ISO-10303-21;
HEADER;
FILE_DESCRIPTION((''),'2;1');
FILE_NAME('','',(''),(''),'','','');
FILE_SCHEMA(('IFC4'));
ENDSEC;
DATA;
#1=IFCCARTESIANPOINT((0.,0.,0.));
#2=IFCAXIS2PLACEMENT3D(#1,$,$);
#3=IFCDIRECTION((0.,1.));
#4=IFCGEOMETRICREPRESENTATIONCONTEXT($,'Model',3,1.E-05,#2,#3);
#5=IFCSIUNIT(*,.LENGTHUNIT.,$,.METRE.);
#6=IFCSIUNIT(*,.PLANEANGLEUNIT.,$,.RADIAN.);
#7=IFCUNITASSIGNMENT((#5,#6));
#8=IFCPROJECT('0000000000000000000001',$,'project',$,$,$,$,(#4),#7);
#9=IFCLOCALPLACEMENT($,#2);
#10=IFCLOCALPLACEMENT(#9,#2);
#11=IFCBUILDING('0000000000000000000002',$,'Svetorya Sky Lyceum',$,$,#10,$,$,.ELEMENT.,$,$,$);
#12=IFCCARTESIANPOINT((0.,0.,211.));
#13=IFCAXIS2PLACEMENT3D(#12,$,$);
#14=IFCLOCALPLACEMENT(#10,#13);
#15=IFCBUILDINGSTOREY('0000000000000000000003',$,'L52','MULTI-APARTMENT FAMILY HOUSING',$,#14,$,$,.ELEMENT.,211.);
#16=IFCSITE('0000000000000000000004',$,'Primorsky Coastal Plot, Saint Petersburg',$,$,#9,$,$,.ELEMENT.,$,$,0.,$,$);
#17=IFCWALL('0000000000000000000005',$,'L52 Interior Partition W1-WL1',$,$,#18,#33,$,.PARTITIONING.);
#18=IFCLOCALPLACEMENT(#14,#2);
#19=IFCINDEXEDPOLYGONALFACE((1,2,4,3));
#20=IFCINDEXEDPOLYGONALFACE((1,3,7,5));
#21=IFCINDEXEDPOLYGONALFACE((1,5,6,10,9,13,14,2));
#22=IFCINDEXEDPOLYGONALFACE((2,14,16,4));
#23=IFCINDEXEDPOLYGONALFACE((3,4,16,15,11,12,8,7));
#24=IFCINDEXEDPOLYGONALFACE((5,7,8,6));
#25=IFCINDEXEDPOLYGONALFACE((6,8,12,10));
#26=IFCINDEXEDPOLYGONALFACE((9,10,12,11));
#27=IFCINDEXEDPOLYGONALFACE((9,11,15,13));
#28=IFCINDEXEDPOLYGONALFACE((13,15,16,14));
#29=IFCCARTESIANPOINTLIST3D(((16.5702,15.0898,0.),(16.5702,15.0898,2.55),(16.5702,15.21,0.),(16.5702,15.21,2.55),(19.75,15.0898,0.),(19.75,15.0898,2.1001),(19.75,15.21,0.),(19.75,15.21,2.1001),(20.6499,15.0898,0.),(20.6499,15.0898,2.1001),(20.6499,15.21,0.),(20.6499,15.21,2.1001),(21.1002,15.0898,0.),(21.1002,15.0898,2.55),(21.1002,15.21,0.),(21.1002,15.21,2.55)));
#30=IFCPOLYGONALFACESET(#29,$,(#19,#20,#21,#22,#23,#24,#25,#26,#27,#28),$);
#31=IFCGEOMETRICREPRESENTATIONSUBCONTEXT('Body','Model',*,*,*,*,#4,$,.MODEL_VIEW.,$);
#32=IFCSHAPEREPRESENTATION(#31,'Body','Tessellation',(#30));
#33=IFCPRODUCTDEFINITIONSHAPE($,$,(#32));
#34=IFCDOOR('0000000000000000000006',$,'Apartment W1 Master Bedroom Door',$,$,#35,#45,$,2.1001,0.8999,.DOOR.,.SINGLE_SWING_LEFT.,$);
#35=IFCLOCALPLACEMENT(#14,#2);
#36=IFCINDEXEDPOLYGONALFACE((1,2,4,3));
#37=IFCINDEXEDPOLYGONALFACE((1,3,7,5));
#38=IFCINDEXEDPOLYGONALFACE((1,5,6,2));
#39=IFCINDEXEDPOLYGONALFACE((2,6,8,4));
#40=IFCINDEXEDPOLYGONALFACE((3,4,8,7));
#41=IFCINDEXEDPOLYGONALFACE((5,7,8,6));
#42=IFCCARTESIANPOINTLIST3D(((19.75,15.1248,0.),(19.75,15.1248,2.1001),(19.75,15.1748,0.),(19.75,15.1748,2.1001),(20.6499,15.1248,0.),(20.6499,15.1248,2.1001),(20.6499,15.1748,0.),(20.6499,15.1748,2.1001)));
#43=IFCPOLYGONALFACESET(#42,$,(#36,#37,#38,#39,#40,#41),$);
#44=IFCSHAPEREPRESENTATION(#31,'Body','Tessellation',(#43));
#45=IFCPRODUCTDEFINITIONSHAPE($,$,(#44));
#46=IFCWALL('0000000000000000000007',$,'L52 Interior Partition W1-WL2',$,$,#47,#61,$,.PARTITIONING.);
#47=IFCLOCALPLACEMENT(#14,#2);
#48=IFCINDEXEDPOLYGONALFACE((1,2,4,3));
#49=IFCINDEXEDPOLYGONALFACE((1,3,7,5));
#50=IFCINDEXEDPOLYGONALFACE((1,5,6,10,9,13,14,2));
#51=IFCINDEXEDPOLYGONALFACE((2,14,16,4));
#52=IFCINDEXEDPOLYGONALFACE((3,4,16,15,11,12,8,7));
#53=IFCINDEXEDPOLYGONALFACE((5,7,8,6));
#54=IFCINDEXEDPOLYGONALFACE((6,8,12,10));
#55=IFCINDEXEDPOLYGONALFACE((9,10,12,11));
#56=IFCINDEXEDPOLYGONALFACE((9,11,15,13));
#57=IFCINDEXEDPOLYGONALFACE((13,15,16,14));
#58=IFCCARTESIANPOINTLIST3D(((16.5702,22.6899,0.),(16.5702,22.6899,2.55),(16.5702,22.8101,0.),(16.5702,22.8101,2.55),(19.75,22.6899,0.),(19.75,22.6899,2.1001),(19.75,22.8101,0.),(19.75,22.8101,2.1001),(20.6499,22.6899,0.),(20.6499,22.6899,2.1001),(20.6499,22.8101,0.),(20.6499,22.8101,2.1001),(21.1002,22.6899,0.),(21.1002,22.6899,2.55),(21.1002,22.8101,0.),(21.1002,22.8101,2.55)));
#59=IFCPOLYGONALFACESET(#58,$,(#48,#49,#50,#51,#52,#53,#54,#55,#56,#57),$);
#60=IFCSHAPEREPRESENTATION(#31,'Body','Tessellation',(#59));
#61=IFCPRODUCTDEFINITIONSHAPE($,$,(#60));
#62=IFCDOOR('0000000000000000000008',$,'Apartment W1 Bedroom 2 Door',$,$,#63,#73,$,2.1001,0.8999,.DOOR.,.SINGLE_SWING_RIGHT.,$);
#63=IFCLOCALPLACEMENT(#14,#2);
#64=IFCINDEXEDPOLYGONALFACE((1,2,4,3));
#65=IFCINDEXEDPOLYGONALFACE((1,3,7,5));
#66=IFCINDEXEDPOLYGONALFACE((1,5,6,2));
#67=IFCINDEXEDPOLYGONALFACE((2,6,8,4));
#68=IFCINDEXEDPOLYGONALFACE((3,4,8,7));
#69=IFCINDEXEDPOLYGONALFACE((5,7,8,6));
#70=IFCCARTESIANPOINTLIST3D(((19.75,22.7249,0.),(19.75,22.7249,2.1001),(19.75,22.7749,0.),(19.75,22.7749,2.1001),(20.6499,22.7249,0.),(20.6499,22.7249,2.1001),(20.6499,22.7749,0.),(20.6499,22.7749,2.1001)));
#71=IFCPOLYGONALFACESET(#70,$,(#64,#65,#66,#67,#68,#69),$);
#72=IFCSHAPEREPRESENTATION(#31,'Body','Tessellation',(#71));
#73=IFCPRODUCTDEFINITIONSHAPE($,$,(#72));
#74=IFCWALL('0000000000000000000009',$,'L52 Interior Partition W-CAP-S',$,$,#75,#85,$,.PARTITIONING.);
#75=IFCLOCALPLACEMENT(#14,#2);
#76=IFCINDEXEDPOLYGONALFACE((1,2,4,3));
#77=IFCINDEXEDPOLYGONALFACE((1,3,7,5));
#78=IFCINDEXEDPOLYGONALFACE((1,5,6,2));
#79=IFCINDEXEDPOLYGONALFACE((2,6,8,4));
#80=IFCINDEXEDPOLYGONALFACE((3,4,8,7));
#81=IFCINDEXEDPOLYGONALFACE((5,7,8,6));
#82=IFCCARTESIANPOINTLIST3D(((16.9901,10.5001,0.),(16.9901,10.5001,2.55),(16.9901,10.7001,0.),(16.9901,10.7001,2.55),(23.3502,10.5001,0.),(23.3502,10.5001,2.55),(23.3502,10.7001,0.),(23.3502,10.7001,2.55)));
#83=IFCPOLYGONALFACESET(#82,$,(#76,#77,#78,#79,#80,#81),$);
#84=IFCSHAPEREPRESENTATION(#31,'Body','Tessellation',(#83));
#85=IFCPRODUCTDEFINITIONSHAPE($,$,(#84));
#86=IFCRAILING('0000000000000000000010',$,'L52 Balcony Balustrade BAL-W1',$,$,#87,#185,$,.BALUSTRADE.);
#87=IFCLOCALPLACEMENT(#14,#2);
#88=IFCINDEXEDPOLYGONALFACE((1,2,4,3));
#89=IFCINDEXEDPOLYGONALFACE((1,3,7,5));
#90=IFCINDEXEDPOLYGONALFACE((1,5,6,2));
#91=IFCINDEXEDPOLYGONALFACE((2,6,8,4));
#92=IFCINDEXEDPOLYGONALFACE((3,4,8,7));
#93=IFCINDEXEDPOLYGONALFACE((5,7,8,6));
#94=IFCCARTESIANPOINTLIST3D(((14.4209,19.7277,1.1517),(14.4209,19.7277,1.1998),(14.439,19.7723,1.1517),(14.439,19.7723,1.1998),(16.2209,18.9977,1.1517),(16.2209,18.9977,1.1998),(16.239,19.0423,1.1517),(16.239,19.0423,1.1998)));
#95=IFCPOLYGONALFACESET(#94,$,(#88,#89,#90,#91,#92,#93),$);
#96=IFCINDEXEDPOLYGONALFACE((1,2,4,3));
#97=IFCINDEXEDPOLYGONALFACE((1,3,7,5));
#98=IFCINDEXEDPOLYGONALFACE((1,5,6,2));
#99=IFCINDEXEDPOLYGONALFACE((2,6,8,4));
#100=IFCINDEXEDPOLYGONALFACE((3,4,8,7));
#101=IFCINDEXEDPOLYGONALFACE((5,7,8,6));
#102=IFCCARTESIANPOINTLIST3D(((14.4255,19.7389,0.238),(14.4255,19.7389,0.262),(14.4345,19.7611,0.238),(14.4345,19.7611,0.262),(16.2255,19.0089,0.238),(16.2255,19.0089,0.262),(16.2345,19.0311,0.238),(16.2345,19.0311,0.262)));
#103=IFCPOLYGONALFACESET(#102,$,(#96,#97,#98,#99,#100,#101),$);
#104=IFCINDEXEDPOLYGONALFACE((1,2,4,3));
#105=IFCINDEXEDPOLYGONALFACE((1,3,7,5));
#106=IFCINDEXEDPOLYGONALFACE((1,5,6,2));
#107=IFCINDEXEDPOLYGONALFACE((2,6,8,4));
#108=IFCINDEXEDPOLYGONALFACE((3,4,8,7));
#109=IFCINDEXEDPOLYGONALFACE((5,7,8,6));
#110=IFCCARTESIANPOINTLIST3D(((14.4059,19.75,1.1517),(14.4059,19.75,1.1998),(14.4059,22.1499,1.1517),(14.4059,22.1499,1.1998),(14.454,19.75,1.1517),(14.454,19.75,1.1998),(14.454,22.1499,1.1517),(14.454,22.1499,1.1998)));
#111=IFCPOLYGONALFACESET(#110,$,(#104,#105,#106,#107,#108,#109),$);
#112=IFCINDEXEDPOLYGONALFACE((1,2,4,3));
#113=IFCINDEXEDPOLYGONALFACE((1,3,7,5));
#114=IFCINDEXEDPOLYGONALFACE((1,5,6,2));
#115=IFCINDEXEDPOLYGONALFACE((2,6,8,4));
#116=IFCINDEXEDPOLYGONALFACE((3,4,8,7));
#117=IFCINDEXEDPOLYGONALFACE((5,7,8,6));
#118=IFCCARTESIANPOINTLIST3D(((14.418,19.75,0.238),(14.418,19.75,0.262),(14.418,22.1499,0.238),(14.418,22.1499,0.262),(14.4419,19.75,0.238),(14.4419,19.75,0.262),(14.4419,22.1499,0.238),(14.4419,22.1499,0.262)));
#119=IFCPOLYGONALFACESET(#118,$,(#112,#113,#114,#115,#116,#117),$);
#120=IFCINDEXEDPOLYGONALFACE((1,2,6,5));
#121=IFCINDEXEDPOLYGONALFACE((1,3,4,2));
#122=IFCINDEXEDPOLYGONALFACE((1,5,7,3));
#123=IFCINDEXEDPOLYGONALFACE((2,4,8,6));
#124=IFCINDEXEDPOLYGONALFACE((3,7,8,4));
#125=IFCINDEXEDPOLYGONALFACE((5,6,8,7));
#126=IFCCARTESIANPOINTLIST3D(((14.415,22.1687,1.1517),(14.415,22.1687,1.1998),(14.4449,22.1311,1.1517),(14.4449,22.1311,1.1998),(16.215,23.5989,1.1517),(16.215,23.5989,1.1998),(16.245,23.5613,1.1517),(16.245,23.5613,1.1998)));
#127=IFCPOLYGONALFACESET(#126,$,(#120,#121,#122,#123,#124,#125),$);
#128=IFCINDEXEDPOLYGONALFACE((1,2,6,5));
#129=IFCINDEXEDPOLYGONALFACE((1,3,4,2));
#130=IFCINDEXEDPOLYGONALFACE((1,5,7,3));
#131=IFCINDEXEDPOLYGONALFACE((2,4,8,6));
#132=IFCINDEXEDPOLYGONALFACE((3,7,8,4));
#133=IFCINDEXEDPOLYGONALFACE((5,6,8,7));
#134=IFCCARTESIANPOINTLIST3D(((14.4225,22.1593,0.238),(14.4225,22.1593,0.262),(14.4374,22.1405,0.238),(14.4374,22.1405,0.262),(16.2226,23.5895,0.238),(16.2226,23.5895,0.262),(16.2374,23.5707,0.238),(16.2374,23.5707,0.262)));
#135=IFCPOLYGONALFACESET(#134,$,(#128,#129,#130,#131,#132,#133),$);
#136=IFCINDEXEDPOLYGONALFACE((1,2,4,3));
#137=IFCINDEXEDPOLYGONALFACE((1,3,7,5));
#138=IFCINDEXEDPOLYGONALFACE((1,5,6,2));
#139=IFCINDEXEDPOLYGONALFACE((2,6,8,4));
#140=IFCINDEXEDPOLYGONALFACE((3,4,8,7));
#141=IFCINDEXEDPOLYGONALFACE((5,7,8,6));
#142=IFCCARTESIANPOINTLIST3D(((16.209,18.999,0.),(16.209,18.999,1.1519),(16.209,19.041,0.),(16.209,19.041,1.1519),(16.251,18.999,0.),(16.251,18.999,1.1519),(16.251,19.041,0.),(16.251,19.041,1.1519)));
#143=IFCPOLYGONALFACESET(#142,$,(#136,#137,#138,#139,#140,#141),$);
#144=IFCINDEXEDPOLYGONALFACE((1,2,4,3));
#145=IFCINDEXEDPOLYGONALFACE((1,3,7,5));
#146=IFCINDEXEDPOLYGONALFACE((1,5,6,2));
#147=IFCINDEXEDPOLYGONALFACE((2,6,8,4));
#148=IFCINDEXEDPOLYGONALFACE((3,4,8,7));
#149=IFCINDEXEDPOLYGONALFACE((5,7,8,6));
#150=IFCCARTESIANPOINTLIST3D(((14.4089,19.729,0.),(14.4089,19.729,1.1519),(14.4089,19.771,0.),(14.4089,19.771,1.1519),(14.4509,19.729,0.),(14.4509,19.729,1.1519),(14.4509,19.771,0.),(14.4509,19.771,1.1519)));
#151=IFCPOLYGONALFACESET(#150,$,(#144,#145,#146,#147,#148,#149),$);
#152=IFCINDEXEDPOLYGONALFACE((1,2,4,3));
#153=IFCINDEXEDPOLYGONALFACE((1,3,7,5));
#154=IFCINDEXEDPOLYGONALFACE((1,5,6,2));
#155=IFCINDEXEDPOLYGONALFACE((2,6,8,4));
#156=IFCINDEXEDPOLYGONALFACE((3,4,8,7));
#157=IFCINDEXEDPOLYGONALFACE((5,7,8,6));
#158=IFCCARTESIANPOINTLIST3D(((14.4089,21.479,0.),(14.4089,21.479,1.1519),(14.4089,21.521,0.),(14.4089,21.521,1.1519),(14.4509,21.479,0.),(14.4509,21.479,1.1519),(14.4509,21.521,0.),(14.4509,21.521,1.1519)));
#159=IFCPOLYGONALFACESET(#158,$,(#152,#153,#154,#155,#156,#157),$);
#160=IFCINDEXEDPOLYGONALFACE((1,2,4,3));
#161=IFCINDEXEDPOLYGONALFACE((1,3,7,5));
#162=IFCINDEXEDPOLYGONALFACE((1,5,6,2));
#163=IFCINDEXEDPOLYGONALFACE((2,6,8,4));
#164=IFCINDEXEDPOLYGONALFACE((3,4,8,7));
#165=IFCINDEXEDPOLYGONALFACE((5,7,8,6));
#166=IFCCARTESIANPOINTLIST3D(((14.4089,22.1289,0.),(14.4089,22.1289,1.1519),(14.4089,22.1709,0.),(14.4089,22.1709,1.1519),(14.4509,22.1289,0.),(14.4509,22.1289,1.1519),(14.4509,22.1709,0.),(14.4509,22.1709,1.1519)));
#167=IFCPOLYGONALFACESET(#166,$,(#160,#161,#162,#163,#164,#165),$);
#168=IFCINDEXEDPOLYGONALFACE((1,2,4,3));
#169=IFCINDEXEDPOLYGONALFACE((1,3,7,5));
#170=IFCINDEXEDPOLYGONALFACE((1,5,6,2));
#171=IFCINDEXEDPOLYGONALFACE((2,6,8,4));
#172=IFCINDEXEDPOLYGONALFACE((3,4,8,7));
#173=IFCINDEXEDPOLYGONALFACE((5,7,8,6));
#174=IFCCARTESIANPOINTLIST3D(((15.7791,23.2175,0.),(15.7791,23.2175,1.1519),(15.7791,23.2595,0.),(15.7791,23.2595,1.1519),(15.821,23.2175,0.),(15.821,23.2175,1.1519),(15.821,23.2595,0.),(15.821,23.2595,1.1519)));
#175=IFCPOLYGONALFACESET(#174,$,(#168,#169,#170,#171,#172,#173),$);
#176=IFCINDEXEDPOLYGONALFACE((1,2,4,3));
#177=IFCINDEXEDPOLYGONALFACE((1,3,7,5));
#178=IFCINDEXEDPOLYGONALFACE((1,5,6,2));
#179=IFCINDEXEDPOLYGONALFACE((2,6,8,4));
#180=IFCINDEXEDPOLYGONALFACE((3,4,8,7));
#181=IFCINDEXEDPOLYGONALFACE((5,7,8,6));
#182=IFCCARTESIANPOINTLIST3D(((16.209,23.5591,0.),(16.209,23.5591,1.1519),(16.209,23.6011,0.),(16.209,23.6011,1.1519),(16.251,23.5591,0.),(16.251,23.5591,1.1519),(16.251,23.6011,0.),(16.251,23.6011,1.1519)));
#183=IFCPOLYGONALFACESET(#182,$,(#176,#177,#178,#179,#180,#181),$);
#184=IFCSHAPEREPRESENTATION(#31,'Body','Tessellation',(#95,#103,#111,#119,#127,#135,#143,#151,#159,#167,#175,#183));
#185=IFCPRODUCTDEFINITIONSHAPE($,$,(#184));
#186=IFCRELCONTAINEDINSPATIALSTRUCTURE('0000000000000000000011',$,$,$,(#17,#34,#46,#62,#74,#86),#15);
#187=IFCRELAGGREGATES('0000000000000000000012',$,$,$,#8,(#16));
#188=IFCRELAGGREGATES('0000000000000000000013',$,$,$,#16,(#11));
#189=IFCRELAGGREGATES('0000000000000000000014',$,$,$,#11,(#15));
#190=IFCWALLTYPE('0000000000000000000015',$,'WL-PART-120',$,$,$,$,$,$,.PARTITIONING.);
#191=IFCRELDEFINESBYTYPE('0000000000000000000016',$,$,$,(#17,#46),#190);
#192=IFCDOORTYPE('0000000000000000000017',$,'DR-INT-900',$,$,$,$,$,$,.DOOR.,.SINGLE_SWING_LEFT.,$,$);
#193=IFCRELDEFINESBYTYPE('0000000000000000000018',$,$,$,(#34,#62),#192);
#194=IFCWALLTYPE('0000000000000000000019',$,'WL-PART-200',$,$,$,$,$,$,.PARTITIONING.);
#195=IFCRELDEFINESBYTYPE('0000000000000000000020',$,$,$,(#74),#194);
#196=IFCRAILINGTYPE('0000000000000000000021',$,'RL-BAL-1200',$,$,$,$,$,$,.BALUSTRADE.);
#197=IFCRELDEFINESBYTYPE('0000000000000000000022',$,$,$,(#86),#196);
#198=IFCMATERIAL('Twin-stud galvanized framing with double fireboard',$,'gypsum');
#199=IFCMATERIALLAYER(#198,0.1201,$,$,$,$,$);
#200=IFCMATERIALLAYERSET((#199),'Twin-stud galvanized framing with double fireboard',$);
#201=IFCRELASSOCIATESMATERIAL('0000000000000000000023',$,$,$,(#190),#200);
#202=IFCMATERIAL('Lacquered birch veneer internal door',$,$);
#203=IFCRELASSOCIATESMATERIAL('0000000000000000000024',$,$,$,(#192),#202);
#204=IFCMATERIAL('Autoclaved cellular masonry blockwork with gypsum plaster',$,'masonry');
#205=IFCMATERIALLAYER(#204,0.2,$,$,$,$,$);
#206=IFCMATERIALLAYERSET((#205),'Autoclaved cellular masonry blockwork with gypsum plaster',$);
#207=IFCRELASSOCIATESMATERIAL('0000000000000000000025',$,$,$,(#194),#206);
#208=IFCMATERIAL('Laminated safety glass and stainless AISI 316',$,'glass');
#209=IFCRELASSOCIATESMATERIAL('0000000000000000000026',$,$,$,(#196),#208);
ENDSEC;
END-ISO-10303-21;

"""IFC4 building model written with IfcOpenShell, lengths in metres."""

from ifc_helpers import new_model, si_unit, direction, frame, frame_2d, origin, origin_2d, place, context, subcontext, project, spatial, rectangle, extrude, material, layer, layer_set, type_object, element, fill, save


model = new_model("IFC4")

# Units and contexts
model_context = context("Model", 3, precision=1e-05, world=origin(), true_north=direction((0.0, 1.0)))
body_context = subcontext(model_context, "Body", "Model", "MODEL_VIEW")
ifc_project = project(units=[si_unit("LENGTHUNIT", "METRE"), si_unit("PLANEANGLEUNIT", "RADIAN")], contexts=[model_context])

# Site, building, storey
site_placement = place(None, origin())
site = spatial("IfcSite", under=ifc_project, at=site_placement, Name="Primorsky Coastal Plot, Saint Petersburg", CompositionType="ELEMENT", RefElevation=0.0)
building_placement = place(site_placement, origin())
building = spatial("IfcBuilding", under=site, at=building_placement, Name="Svetorya Sky Lyceum", CompositionType="ELEMENT")
storey_placement = place(building_placement, frame((0.0, 0.0, 211.0)))
storey = spatial("IfcBuildingStorey", under=building, at=storey_placement, Name="L52", Description="MULTI-APARTMENT FAMILY HOUSING", CompositionType="ELEMENT", Elevation=211.0)

# Walls, openings, doors
ifc_material_1 = material(Name="Twin-stud galvanized framing with double fireboard", Category="gypsum")
ifc_layer_1 = layer(ifc_material_1, 0.1201)
ifc_layer_set_1 = layer_set([ifc_layer_1], Name="Twin-stud galvanized framing with double fireboard")
wall_type_1 = type_object("IfcWallType", Name="WL-PART-120", PredefinedType="PARTITIONING", material=ifc_layer_set_1)
wall_1_placement = place(storey_placement, frame((16.5701, 15.1499, 0.0), z_axis=(0.0, 0.0, 1.0), x_axis=(1.0, 0.0, 0.0)))
wall_1 = element("IfcWall", 1, at=wall_1_placement, inside=storey, type_object=wall_type_1, Name="L52 Interior Partition W1-WL1", PredefinedType="PARTITIONING", context=body_context, shape_type="SweptSolid", body=[
    extrude(rectangle(XDim=4.53, YDim=0.1201, at=frame_2d((2.2651, 0.0))), origin(), (0.0, 0.0, 1.0), 2.55),
])
opening_1_placement = place(wall_1_placement, frame((3.1799, 0.0, 0.0)))
opening_1 = element("IfcOpeningElement", 2, at=opening_1_placement, cuts=wall_1, PredefinedType="OPENING", context=body_context, shape_type="SweptSolid", body=[
    extrude(rectangle(XDim=0.8999, YDim=2.1001, at=frame_2d((0.45, 1.05))), frame((0.0, 0.0701, 0.0), z_axis=(0.0, -1.0, 0.0), x_axis=(1.0, 0.0, 0.0)), (0.0, 0.0, 1.0), 0.1401),
])
ifc_material_2 = material(Name="Lacquered birch veneer internal door")
door_type = type_object("IfcDoorType", Name="DR-INT-900", OperationType="SINGLE_SWING_LEFT", PredefinedType="DOOR", material=ifc_material_2)
door_1_placement = place(opening_1_placement, origin())
door_1 = element("IfcDoor", 3, at=door_1_placement, inside=storey, type_object=door_type, Name="Apartment W1 Master Bedroom Door", OperationType="SINGLE_SWING_LEFT", OverallHeight=2.1001, OverallWidth=0.8999, PredefinedType="DOOR", context=body_context, shape_type="SweptSolid", body=[
    extrude(rectangle(XDim=0.8999, YDim=2.1001, at=frame_2d((0.45, 1.05))), frame((0.0, 0.0249, 0.0), z_axis=(0.0, -1.0, 0.0), x_axis=(1.0, 0.0, 0.0)), (0.0, 0.0, 1.0), 0.05),
])
fill(opening_1, door_1)
wall_2_placement = place(storey_placement, frame((16.5701, 22.75, 0.0), z_axis=(0.0, 0.0, 1.0), x_axis=(1.0, 0.0, 0.0)))
wall_2 = element("IfcWall", 4, at=wall_2_placement, inside=storey, type_object=wall_type_1, Name="L52 Interior Partition W1-WL2", PredefinedType="PARTITIONING", context=body_context, shape_type="SweptSolid", body=[
    extrude(rectangle(XDim=4.53, YDim=0.1201, at=frame_2d((2.2651, 0.0))), origin(), (0.0, 0.0, 1.0), 2.55),
])
opening_2_placement = place(wall_2_placement, frame((3.1799, 0.0, 0.0)))
opening_2 = element("IfcOpeningElement", 5, at=opening_2_placement, cuts=wall_2, PredefinedType="OPENING", context=body_context, shape_type="SweptSolid", body=[
    extrude(rectangle(XDim=0.8999, YDim=2.1001, at=frame_2d((0.45, 1.05))), frame((0.0, 0.0701, 0.0), z_axis=(0.0, -1.0, 0.0), x_axis=(1.0, 0.0, 0.0)), (0.0, 0.0, 1.0), 0.1401),
])
door_2_placement = place(opening_2_placement, origin())
door_2 = element("IfcDoor", 6, at=door_2_placement, inside=storey, type_object=door_type, Name="Apartment W1 Bedroom 2 Door", OperationType="SINGLE_SWING_RIGHT", OverallHeight=2.1001, OverallWidth=0.8999, PredefinedType="DOOR", context=body_context, shape_type="SweptSolid", body=[
    extrude(rectangle(XDim=0.8999, YDim=2.1001, at=frame_2d((0.45, 1.05))), frame((0.0, 0.0249, 0.0), z_axis=(0.0, -1.0, 0.0), x_axis=(1.0, 0.0, 0.0)), (0.0, 0.0, 1.0), 0.05),
])
fill(opening_2, door_2)

# Wall
ifc_material_3 = material(Name="Autoclaved cellular masonry blockwork with gypsum plaster", Category="masonry")
ifc_layer_2 = layer(ifc_material_3, 0.2)
ifc_layer_set_2 = layer_set([ifc_layer_2], Name="Autoclaved cellular masonry blockwork with gypsum plaster")
wall_type_2 = type_object("IfcWallType", Name="WL-PART-200", PredefinedType="PARTITIONING", material=ifc_layer_set_2)
wall_3_placement = place(storey_placement, frame((16.99, 10.6001, 0.0), z_axis=(0.0, 0.0, 1.0), x_axis=(1.0, 0.0, 0.0)))
element("IfcWall", 7, at=wall_3_placement, inside=storey, type_object=wall_type_2, Name="L52 Interior Partition W-CAP-S", PredefinedType="PARTITIONING", context=body_context, shape_type="SweptSolid", body=[
    extrude(rectangle(XDim=6.3601, YDim=0.2, at=frame_2d((3.1802, 0.0))), origin(), (0.0, 0.0, 1.0), 2.55),
])

# Railing
ifc_material_4 = material(Name="Laminated safety glass and stainless AISI 316", Category="glass")
railing_type = type_object("IfcRailingType", Name="RL-BAL-1200", PredefinedType="BALUSTRADE", material=ifc_material_4)
railing_placement = place(storey_placement, frame((16.23, 19.02, 0.0)))
element("IfcRailing", 8, at=railing_placement, inside=storey, type_object=railing_type, Name="L52 Balcony Balustrade BAL-W1", PredefinedType="BALUSTRADE", context=body_context, shape_type="SweptSolid", body=[
    extrude(rectangle(XDim=0.0481, YDim=0.0481, at=origin_2d()), frame((0.0, 0.0, 1.1758), z_axis=(-0.926698, 0.375807, 0.0), x_axis=(-0.375807, -0.926698, 0.0)), (0.0, 0.0, 1.0), 1.9424),
    extrude(rectangle(XDim=0.0239, YDim=0.0239, at=origin_2d()), frame((0.0, 0.0, 0.25), z_axis=(-0.926698, 0.375807, 0.0), x_axis=(-0.375807, -0.926698, 0.0)), (0.0, 0.0, 1.0), 1.9424),
    extrude(rectangle(XDim=0.0481, YDim=0.0481, at=origin_2d()), frame((-1.8, 0.73, 1.1758), z_axis=(0.0, 1.0, 0.0), x_axis=(-1.0, 0.0, 0.0)), (0.0, 0.0, 1.0), 2.3999),
    extrude(rectangle(XDim=0.0239, YDim=0.0239, at=origin_2d()), frame((-1.8, 0.73, 0.25), z_axis=(0.0, 1.0, 0.0), x_axis=(-1.0, 0.0, 0.0)), (0.0, 0.0, 1.0), 2.3999),
    extrude(rectangle(XDim=0.0481, YDim=0.0481, at=origin_2d()), frame((-1.8, 3.1299, 1.1758), z_axis=(0.782957, 0.622076, 0.0), x_axis=(-0.622076, 0.782957, 0.0)), (0.0, 0.0, 1.0), 2.2991),
    extrude(rectangle(XDim=0.0239, YDim=0.0239, at=origin_2d()), frame((-1.8, 3.1299, 0.25), z_axis=(0.782957, 0.622076, 0.0), x_axis=(-0.622076, 0.782957, 0.0)), (0.0, 0.0, 1.0), 2.2991),
    extrude(rectangle(XDim=0.042, YDim=0.042, at=origin_2d()), origin(), (0.0, 0.0, 1.0), 1.1519),
    extrude(rectangle(XDim=0.042, YDim=0.042, at=origin_2d()), frame((-1.8, 0.73, 0.0)), (0.0, 0.0, 1.0), 1.1519),
    extrude(rectangle(XDim=0.042, YDim=0.042, at=origin_2d()), frame((-1.8, 2.48, 0.0)), (0.0, 0.0, 1.0), 1.1519),
    extrude(rectangle(XDim=0.042, YDim=0.042, at=origin_2d()), frame((-1.8, 3.1299, 0.0)), (0.0, 0.0, 1.0), 1.1519),
    extrude(rectangle(XDim=0.042, YDim=0.042, at=origin_2d()), frame((-0.4299, 4.2185, 0.0)), (0.0, 0.0, 1.0), 1.1519),
    extrude(rectangle(XDim=0.042, YDim=0.042, at=origin_2d()), frame((0.0, 4.5601, 0.0)), (0.0, 0.0, 1.0), 1.1519),
])

save(model, "model.ifc")
